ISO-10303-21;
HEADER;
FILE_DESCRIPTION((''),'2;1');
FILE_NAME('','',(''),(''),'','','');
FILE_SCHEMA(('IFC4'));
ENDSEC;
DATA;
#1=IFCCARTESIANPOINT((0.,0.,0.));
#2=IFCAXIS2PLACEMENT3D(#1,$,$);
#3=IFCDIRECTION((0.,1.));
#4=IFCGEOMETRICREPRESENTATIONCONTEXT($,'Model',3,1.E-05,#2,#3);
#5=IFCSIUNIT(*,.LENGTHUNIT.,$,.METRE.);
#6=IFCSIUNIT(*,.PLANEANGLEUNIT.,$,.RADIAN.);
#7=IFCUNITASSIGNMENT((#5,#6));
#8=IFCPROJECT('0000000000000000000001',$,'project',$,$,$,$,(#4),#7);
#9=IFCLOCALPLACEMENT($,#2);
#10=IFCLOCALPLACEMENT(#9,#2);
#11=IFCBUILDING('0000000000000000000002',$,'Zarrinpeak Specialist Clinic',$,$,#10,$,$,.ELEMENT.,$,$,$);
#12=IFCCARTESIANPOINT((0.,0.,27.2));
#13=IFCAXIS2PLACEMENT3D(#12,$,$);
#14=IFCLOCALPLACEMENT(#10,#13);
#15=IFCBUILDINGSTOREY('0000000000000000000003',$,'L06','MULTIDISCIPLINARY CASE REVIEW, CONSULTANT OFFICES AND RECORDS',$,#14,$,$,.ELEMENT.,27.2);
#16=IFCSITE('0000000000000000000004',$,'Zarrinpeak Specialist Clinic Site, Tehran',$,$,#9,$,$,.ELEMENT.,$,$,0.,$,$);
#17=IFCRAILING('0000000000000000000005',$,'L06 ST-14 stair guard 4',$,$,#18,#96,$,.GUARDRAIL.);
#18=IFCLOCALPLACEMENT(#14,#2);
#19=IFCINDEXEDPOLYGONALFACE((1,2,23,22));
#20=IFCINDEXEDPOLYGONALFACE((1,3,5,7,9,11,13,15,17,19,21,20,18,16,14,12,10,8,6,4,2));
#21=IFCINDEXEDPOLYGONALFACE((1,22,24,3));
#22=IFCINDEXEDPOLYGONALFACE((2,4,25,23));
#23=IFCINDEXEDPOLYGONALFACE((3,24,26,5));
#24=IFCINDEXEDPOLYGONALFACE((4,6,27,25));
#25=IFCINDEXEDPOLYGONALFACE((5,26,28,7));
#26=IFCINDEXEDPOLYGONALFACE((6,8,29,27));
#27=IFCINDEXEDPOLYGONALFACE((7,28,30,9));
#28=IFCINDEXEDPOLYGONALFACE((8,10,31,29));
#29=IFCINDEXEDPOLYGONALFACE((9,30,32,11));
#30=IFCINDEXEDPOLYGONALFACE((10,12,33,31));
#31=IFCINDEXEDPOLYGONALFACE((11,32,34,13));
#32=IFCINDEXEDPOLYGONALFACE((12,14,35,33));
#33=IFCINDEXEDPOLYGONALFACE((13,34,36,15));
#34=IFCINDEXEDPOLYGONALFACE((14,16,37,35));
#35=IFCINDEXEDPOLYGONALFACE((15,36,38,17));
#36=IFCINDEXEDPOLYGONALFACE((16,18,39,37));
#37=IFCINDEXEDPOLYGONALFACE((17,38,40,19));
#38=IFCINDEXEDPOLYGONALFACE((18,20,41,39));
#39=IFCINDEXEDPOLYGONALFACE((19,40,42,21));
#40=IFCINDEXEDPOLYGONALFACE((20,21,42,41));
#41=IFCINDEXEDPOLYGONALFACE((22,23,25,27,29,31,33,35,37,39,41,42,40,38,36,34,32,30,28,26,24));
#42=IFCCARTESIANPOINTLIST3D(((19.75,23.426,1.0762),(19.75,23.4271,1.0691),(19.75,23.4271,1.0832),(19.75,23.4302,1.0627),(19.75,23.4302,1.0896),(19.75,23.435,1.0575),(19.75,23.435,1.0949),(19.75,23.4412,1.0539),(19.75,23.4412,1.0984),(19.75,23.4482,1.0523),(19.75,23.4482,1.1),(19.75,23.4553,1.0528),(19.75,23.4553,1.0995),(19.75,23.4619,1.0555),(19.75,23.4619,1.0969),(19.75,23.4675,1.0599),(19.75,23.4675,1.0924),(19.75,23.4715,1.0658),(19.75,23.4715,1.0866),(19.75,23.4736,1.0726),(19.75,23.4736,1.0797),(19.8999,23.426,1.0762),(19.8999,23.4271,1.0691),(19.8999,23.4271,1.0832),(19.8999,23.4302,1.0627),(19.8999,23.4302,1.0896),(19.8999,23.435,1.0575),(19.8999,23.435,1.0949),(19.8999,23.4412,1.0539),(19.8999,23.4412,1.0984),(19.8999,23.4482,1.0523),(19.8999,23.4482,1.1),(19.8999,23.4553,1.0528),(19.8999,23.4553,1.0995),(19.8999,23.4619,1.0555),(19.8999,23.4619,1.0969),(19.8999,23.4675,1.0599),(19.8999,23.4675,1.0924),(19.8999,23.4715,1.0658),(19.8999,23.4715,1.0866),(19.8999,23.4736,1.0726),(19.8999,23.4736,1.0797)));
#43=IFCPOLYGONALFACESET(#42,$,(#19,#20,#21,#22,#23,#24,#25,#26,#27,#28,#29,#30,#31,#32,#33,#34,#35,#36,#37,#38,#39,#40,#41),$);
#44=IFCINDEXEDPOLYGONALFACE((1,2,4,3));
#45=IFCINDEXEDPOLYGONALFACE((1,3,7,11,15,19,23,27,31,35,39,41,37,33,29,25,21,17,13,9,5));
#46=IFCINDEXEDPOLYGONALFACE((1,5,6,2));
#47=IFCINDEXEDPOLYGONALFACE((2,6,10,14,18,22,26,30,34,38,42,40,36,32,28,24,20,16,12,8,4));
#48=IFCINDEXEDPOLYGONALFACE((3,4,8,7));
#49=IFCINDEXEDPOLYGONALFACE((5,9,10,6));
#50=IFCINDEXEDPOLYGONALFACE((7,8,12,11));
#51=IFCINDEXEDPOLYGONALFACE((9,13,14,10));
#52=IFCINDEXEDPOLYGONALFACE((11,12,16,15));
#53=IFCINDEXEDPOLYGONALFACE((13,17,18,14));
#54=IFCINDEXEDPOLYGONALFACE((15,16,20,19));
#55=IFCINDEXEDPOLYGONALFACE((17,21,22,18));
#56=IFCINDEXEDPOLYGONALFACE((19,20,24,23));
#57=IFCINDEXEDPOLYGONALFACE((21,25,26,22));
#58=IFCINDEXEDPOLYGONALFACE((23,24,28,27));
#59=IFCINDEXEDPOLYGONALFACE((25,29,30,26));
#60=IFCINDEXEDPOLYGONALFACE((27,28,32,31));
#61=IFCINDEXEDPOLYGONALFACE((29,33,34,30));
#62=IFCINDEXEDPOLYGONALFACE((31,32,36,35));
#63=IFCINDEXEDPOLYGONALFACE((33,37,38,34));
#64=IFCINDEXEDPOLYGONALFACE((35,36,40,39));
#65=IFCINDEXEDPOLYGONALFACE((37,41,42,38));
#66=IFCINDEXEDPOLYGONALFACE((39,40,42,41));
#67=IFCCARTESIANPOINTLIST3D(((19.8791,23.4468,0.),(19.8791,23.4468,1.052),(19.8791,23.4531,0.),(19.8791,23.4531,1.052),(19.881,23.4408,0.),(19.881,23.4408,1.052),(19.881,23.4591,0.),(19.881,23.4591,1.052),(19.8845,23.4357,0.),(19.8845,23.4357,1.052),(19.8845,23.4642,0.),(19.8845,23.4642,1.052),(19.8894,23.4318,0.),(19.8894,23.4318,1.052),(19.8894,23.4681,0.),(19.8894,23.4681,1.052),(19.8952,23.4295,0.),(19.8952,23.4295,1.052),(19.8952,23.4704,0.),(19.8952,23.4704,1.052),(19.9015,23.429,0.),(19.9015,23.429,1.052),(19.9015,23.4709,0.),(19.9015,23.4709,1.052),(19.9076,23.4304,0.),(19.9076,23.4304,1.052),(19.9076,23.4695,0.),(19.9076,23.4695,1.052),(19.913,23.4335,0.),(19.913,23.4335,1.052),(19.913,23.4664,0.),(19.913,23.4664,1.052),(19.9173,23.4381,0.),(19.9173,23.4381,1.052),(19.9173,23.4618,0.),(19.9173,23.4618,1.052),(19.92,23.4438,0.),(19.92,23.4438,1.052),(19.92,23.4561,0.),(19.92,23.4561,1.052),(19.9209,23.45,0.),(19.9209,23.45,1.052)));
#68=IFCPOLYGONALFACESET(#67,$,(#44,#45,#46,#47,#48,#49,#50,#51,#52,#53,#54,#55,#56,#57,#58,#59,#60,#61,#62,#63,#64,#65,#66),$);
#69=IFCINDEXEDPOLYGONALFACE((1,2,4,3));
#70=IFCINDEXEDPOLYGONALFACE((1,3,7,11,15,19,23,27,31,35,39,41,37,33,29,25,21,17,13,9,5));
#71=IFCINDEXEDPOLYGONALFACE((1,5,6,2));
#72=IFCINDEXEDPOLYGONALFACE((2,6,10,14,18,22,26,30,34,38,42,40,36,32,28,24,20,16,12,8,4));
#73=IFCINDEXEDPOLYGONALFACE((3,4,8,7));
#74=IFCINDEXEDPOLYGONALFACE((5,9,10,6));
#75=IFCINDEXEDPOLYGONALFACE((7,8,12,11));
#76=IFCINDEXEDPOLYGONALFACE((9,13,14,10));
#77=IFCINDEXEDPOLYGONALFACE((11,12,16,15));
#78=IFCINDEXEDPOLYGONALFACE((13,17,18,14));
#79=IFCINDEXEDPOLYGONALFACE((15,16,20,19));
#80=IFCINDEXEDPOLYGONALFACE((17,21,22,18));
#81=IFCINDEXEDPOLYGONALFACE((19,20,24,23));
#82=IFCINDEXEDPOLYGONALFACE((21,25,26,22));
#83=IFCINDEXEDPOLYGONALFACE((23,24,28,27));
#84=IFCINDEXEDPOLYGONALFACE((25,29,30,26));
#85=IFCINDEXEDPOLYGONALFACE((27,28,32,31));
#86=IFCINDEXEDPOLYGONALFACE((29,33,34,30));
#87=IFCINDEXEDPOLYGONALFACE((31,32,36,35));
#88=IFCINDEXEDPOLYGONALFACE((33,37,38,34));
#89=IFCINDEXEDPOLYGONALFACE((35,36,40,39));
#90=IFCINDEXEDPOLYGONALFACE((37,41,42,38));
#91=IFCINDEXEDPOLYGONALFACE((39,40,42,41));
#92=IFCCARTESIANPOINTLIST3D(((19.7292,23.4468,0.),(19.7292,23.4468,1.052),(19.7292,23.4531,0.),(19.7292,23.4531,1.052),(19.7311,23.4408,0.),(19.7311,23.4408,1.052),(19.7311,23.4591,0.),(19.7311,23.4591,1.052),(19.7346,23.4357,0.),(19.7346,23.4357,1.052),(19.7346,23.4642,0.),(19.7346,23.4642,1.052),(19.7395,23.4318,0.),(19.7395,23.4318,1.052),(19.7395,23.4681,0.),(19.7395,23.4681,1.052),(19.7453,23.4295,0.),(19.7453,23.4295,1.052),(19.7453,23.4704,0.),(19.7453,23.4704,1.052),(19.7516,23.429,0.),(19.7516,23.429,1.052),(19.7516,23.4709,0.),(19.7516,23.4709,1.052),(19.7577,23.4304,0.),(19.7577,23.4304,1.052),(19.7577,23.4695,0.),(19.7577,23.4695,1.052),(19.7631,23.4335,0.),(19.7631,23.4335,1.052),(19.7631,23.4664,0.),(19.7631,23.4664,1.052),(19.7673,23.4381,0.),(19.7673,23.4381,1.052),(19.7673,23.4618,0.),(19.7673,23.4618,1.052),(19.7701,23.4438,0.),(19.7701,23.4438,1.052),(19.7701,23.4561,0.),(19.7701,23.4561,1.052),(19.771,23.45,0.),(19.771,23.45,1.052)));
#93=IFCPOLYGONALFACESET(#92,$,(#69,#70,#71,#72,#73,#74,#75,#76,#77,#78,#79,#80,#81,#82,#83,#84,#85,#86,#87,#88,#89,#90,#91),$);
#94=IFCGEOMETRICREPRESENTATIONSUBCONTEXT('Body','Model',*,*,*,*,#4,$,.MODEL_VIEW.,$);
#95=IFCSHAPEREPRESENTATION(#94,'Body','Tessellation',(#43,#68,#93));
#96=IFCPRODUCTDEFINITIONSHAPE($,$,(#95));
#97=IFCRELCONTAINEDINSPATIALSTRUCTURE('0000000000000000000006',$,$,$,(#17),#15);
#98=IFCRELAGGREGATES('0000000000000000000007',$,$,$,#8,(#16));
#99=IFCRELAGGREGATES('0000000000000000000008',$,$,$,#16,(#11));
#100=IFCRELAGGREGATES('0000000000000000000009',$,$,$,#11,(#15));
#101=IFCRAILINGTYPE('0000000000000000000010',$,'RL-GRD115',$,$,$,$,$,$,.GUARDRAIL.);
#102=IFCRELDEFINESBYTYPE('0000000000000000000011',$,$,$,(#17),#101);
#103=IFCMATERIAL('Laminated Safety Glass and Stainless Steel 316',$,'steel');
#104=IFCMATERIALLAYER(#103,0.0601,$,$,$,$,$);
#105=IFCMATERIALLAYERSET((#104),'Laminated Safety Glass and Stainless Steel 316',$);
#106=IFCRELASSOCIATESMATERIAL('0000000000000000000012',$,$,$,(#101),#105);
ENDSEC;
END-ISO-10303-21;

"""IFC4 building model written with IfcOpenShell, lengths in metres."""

from ifc_helpers import new_model, si_unit, direction, frame, origin, origin_2d, place, context, subcontext, project, spatial, circle, extrude, material, layer, layer_set, type_object, element, save


model = new_model("IFC4")

# Units and contexts
model_context = context("Model", 3, precision=1e-05, world=origin(), true_north=direction((0.0, 1.0)))
body_context = subcontext(model_context, "Body", "Model", "MODEL_VIEW")
ifc_project = project(units=[si_unit("LENGTHUNIT", "METRE"), si_unit("PLANEANGLEUNIT", "RADIAN")], contexts=[model_context])

# Site, building, storey
site_placement = place(None, origin())
site = spatial("IfcSite", under=ifc_project, at=site_placement, Name="Zarrinpeak Specialist Clinic Site, Tehran", CompositionType="ELEMENT", RefElevation=0.0)
building_placement = place(site_placement, origin())
building = spatial("IfcBuilding", under=site, at=building_placement, Name="Zarrinpeak Specialist Clinic", CompositionType="ELEMENT")
storey_placement = place(building_placement, frame((0.0, 0.0, 27.2)))
storey = spatial("IfcBuildingStorey", under=building, at=storey_placement, Name="L06", Description="MULTIDISCIPLINARY CASE REVIEW, CONSULTANT OFFICES AND RECORDS", CompositionType="ELEMENT", Elevation=27.2)

# Railing
ifc_material_1 = material(Name="Laminated Safety Glass and Stainless Steel 316", Category="steel")
ifc_layer_1 = layer(ifc_material_1, 0.0601)
ifc_layer_set_1 = layer_set([ifc_layer_1], Name="Laminated Safety Glass and Stainless Steel 316")
railing_type_1 = type_object("IfcRailingType", Name="RL-GRD115", PredefinedType="GUARDRAIL", material=ifc_layer_set_1)
railing_1_placement = place(storey_placement, frame((19.8999, 23.45, 0.0)))
element("IfcRailing", 1, at=railing_1_placement, inside=storey, type_object=railing_type_1, Name="L06 ST-14 stair guard 4", PredefinedType="GUARDRAIL", context=body_context, shape_type="SweptSolid", body=[
    extrude(circle(Radius=0.0239, at=origin_2d()), frame((0.0, 0.0, 1.0762), z_axis=(-1.0, 0.0, 0.0), x_axis=(0.0, -1.0, 0.0)), (0.0, 0.0, 1.0), 0.1499),
    extrude(circle(Radius=0.021, at=origin_2d()), origin(), (0.0, 0.0, 1.0), 1.052),
    extrude(circle(Radius=0.021, at=origin_2d()), frame((-0.1499, 0.0, 0.0)), (0.0, 0.0, 1.0), 1.052),
])

save(model, "model.ifc")
